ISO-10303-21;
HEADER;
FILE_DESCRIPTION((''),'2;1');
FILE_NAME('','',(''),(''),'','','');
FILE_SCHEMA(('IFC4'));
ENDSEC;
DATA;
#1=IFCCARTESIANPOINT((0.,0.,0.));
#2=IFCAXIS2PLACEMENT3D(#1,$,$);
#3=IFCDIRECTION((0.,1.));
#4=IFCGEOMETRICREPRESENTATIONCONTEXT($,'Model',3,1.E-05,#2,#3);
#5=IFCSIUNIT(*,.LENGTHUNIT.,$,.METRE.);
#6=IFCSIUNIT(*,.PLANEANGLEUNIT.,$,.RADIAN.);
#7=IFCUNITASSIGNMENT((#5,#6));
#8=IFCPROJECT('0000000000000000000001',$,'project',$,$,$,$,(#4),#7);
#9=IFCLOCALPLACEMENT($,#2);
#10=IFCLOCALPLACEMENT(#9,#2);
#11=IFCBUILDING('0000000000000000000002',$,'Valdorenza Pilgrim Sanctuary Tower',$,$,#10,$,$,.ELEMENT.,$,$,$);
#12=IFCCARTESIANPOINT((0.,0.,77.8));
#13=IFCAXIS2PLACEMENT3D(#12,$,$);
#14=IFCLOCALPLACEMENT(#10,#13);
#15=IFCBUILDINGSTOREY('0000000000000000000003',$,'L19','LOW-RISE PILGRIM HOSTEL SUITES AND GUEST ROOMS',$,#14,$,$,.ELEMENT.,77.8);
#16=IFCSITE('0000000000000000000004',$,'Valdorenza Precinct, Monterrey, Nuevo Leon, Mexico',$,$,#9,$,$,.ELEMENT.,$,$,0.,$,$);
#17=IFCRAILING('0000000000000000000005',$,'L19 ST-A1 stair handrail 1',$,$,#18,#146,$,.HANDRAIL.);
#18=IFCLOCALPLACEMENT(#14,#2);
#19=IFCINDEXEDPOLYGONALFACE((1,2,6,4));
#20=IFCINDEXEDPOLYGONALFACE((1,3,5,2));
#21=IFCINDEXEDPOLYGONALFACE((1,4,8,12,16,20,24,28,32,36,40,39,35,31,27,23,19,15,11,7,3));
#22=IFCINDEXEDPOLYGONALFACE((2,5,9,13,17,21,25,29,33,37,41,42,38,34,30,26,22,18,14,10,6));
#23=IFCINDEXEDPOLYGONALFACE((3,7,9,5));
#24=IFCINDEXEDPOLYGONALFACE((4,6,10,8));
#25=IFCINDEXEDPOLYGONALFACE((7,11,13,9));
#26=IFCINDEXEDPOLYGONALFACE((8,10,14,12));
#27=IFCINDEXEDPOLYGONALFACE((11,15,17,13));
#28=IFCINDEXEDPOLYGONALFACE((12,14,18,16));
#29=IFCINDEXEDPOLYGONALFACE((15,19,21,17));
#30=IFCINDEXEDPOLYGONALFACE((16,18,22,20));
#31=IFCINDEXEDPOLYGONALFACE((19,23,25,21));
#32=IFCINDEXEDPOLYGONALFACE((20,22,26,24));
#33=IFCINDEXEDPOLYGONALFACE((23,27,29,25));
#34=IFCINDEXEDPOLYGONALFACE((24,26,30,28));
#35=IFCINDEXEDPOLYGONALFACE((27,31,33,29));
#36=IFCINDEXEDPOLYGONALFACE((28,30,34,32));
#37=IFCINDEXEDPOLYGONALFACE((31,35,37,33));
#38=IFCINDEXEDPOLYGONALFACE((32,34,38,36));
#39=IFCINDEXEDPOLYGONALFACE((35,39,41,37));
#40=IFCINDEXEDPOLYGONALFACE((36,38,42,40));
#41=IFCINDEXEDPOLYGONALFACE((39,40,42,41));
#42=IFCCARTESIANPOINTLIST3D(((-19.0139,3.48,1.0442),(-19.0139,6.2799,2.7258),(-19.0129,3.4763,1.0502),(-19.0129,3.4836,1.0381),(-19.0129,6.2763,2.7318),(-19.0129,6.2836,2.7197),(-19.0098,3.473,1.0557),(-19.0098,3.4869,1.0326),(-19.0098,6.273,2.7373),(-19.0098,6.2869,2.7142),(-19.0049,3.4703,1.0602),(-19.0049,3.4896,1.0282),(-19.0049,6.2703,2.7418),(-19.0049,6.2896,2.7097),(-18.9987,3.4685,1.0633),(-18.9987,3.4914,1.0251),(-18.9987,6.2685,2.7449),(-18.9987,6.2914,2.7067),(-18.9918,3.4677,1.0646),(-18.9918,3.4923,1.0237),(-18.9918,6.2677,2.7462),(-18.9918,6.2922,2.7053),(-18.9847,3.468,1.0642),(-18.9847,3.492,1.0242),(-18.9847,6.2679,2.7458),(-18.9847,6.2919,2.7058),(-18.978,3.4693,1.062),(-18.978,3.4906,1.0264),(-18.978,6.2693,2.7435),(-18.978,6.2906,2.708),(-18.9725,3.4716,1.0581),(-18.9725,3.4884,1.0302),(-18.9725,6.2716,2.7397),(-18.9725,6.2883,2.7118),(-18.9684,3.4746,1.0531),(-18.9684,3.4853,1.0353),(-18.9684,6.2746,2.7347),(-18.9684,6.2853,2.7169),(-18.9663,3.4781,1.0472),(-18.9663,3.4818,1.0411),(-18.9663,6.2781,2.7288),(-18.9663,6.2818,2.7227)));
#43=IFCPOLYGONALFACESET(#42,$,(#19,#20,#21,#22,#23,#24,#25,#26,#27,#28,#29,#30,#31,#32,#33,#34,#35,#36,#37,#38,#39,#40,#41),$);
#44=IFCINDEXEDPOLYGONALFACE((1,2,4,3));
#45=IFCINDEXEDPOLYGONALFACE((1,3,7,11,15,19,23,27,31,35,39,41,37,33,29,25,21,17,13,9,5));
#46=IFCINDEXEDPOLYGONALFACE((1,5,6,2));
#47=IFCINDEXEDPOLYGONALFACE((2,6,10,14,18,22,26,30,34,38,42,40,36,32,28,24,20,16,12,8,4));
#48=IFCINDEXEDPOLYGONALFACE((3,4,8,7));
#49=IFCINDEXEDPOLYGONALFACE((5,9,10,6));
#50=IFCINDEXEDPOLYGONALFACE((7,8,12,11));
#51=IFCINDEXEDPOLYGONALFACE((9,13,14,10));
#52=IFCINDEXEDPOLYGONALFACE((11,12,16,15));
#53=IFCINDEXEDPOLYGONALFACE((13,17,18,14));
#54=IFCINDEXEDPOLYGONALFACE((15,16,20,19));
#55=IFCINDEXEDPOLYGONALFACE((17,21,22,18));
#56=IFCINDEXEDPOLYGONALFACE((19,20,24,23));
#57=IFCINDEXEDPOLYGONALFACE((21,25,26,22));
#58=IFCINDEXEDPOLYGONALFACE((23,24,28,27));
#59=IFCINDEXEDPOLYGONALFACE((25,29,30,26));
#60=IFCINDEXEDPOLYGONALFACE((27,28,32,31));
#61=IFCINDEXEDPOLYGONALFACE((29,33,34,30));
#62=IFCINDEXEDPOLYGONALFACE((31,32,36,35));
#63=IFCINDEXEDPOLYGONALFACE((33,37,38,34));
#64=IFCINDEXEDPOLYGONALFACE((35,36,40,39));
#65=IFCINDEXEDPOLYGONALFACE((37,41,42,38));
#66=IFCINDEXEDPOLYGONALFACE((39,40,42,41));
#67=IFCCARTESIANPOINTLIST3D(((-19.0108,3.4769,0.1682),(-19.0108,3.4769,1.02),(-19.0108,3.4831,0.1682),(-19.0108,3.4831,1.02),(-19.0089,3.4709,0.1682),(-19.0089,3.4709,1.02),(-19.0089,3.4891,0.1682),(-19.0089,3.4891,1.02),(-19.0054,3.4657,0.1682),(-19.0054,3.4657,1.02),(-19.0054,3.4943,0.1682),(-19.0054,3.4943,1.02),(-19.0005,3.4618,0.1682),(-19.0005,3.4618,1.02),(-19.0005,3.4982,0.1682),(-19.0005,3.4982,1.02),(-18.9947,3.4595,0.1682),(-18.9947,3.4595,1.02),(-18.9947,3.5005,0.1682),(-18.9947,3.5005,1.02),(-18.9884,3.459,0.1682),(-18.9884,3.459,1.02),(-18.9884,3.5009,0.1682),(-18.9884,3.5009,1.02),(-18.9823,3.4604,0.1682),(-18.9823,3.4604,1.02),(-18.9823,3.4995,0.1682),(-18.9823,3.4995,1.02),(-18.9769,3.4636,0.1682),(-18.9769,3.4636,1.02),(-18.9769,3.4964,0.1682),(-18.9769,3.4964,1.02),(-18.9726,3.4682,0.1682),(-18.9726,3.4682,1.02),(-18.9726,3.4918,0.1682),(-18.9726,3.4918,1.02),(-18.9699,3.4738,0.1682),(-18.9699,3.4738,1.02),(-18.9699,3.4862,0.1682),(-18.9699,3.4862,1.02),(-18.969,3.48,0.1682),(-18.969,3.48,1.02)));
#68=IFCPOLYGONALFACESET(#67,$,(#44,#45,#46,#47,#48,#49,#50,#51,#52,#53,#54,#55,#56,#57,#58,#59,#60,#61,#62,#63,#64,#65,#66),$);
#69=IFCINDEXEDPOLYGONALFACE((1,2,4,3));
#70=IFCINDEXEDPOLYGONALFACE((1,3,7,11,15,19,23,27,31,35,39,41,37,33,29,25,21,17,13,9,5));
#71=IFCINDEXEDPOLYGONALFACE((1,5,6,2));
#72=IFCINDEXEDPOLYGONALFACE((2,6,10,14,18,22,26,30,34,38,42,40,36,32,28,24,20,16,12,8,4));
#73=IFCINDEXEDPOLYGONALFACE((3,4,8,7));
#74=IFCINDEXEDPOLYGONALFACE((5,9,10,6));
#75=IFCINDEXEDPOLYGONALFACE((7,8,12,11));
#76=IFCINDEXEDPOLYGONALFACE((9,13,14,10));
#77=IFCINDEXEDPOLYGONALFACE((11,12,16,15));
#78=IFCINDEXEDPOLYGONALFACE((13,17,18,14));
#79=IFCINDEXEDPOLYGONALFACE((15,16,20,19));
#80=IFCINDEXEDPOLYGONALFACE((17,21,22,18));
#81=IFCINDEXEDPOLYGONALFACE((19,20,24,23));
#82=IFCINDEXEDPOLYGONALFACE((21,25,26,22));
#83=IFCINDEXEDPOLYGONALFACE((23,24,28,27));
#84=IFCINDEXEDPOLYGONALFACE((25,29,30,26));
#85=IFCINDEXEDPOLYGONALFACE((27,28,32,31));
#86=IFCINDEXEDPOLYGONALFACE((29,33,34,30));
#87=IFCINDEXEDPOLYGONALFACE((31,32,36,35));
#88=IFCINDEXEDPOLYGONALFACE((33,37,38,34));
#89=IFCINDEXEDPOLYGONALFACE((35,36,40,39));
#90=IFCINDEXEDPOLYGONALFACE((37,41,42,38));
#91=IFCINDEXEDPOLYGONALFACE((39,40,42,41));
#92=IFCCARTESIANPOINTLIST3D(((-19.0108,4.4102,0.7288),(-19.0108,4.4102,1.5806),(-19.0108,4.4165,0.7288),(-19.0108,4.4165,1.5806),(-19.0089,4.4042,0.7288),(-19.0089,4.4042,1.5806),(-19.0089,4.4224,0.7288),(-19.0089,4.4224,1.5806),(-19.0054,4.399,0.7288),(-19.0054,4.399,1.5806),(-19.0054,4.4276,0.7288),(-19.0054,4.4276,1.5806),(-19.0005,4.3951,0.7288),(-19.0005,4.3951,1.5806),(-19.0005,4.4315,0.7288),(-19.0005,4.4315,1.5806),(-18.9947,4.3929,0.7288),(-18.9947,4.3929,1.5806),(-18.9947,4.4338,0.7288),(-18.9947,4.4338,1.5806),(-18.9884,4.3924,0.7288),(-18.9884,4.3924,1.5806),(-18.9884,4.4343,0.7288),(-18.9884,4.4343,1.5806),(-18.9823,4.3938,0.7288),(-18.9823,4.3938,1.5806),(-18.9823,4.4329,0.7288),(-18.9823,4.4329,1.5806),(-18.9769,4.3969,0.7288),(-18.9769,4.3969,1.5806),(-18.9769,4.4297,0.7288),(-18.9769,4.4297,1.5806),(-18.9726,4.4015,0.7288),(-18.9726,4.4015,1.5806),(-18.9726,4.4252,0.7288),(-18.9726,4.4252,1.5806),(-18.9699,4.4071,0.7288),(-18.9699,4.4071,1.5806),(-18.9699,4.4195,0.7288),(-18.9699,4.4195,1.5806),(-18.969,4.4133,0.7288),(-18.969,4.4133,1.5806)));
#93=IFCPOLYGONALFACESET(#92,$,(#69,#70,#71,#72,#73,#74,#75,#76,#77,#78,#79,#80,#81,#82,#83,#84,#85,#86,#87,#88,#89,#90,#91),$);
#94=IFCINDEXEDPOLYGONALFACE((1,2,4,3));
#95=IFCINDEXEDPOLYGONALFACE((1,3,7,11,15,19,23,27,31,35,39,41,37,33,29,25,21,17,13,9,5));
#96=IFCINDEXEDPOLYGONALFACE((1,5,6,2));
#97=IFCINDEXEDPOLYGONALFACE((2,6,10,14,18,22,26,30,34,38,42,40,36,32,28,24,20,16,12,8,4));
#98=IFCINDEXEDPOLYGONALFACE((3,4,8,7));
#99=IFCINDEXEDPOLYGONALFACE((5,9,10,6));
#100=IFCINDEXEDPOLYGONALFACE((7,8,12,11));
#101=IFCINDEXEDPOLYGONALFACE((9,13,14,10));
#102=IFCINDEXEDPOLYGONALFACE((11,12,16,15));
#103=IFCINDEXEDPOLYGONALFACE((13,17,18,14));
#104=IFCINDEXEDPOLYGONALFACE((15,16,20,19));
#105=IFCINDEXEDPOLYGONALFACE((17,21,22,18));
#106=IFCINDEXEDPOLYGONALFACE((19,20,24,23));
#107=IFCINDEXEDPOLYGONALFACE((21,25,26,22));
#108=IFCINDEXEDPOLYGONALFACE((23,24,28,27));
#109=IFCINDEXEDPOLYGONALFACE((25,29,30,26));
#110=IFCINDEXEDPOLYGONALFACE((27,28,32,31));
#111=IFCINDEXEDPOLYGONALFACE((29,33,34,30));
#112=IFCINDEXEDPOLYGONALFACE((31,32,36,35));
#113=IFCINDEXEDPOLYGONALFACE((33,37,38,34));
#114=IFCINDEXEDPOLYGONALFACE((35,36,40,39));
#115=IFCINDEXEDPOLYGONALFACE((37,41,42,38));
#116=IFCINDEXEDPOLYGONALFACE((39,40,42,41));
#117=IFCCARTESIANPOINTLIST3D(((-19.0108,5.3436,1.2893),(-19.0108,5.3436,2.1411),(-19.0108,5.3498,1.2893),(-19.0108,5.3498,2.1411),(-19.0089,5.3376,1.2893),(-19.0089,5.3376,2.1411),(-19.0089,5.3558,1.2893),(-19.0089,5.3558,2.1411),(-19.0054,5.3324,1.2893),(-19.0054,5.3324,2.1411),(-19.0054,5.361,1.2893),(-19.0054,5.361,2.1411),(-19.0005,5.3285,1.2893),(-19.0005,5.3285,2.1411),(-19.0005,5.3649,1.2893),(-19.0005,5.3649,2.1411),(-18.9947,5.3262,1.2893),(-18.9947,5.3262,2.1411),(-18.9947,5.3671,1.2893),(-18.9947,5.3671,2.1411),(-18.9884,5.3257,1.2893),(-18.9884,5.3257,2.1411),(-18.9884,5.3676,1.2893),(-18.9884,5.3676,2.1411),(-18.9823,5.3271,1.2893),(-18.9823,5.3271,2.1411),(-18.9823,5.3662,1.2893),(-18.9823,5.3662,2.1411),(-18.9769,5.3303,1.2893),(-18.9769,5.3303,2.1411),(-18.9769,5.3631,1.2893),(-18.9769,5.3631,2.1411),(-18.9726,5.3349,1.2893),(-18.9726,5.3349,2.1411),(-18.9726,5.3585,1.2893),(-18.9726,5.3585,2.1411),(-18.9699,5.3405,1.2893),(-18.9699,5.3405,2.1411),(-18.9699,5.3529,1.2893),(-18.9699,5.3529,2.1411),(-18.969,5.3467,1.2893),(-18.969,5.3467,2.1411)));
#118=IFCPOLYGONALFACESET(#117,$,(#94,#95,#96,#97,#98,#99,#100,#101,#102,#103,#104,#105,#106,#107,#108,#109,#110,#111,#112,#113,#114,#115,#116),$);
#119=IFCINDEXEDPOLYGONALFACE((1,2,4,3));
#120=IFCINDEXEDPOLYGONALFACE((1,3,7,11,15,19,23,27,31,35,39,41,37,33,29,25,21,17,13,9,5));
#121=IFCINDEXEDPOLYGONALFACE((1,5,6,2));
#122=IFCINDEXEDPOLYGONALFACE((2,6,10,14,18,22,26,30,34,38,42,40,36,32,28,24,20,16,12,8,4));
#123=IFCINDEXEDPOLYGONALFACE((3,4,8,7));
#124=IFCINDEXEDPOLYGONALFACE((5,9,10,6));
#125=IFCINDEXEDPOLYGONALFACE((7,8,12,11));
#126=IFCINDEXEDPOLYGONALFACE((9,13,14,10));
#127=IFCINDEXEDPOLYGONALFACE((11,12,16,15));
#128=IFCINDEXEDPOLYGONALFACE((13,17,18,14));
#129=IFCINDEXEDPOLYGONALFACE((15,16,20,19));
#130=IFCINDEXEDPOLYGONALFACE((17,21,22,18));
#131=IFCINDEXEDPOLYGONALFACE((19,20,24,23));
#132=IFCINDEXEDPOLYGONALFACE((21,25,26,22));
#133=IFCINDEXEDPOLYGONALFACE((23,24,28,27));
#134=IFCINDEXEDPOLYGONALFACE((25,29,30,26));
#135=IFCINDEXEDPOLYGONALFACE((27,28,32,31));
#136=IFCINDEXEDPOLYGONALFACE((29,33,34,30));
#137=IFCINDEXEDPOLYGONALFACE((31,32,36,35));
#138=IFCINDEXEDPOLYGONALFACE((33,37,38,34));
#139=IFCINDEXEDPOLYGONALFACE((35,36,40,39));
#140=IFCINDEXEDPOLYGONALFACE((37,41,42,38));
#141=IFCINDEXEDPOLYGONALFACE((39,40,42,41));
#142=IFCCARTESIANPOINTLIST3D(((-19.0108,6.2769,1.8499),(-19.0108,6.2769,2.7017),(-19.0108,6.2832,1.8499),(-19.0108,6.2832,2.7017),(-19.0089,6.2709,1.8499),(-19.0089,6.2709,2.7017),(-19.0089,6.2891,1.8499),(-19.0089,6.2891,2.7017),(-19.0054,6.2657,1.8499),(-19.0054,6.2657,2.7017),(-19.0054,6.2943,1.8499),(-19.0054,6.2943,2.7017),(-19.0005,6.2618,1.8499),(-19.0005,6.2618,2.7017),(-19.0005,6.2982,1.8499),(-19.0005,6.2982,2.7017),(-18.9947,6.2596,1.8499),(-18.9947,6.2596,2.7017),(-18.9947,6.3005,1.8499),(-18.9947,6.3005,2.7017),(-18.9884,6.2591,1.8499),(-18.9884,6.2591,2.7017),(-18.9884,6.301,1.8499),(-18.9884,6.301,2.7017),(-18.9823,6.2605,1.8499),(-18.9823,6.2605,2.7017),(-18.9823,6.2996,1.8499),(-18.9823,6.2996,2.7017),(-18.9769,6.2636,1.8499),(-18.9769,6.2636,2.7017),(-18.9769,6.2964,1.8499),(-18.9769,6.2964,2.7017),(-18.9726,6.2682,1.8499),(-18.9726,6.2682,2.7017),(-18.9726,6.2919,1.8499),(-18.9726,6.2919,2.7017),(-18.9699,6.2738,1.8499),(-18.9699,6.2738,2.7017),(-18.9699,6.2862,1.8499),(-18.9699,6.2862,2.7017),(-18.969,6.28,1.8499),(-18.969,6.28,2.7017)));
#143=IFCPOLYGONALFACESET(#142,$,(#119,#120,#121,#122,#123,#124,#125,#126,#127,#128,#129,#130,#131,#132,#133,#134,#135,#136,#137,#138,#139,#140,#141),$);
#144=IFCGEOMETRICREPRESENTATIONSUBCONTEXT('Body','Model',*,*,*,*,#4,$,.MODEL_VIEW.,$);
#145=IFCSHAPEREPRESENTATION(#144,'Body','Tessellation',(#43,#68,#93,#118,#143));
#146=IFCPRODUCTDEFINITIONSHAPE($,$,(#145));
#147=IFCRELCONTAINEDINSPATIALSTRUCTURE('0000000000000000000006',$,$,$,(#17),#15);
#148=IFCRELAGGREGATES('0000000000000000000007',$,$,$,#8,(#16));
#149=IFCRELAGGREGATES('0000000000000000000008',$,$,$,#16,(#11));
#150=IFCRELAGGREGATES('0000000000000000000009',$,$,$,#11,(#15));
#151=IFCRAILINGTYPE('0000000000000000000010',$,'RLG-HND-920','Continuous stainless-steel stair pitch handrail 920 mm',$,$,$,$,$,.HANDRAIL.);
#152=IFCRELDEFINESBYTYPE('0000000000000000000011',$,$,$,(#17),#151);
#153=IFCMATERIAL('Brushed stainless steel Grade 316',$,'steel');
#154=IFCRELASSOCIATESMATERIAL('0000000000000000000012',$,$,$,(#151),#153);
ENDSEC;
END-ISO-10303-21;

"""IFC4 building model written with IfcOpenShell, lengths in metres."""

from ifc_helpers import new_model, si_unit, direction, frame, origin, origin_2d, place, context, subcontext, project, spatial, circle, extrude, material, type_object, element, save


model = new_model("IFC4")

# Units and contexts
model_context = context("Model", 3, precision=1e-05, world=origin(), true_north=direction((0.0, 1.0)))
body_context = subcontext(model_context, "Body", "Model", "MODEL_VIEW")
ifc_project = project(units=[si_unit("LENGTHUNIT", "METRE"), si_unit("PLANEANGLEUNIT", "RADIAN")], contexts=[model_context])

# Site, building, storey
site_placement = place(None, origin())
site = spatial("IfcSite", under=ifc_project, at=site_placement, Name="Valdorenza Precinct, Monterrey, Nuevo Leon, Mexico", CompositionType="ELEMENT", RefElevation=0.0)
building_placement = place(site_placement, origin())
building = spatial("IfcBuilding", under=site, at=building_placement, Name="Valdorenza Pilgrim Sanctuary Tower", CompositionType="ELEMENT")
storey_placement = place(building_placement, frame((0.0, 0.0, 77.8)))
storey = spatial("IfcBuildingStorey", under=building, at=storey_placement, Name="L19", Description="LOW-RISE PILGRIM HOSTEL SUITES AND GUEST ROOMS", CompositionType="ELEMENT", Elevation=77.8)

# Shared definitions
ifc_material_1 = material(Name="Brushed stainless steel Grade 316", Category="steel")

# Railing
railing_type_1 = type_object("IfcRailingType", Name="RLG-HND-920", Description="Continuous stainless-steel stair pitch handrail 920 mm", PredefinedType="HANDRAIL", material=ifc_material_1)
railing_1_placement = place(storey_placement, frame((-18.99, 3.48, 0.1682)))
element("IfcRailing", 1, at=railing_1_placement, inside=storey, type_object=railing_type_1, Name="L19 ST-A1 stair handrail 1", PredefinedType="HANDRAIL", context=body_context, shape_type="SweptSolid", body=[
    extrude(circle(Radius=0.0239, at=origin_2d()), frame((0.0, 0.0, 0.876), z_axis=(0.0, 0.857275, 0.514858), x_axis=(-1.0, 0.0, 0.0)), (0.0, 0.0, 1.0), 3.2661),
    extrude(circle(Radius=0.021, at=origin_2d()), origin(), (0.0, 0.0, 1.0), 0.8518),
    extrude(circle(Radius=0.021, at=origin_2d()), frame((0.0, 0.9333, 0.5605)), (0.0, 0.0, 1.0), 0.8518),
    extrude(circle(Radius=0.021, at=origin_2d()), frame((0.0, 1.8667, 1.1211)), (0.0, 0.0, 1.0), 0.8518),
    extrude(circle(Radius=0.021, at=origin_2d()), frame((0.0, 2.8, 1.6816)), (0.0, 0.0, 1.0), 0.8518),
])

save(model, "model.ifc")
